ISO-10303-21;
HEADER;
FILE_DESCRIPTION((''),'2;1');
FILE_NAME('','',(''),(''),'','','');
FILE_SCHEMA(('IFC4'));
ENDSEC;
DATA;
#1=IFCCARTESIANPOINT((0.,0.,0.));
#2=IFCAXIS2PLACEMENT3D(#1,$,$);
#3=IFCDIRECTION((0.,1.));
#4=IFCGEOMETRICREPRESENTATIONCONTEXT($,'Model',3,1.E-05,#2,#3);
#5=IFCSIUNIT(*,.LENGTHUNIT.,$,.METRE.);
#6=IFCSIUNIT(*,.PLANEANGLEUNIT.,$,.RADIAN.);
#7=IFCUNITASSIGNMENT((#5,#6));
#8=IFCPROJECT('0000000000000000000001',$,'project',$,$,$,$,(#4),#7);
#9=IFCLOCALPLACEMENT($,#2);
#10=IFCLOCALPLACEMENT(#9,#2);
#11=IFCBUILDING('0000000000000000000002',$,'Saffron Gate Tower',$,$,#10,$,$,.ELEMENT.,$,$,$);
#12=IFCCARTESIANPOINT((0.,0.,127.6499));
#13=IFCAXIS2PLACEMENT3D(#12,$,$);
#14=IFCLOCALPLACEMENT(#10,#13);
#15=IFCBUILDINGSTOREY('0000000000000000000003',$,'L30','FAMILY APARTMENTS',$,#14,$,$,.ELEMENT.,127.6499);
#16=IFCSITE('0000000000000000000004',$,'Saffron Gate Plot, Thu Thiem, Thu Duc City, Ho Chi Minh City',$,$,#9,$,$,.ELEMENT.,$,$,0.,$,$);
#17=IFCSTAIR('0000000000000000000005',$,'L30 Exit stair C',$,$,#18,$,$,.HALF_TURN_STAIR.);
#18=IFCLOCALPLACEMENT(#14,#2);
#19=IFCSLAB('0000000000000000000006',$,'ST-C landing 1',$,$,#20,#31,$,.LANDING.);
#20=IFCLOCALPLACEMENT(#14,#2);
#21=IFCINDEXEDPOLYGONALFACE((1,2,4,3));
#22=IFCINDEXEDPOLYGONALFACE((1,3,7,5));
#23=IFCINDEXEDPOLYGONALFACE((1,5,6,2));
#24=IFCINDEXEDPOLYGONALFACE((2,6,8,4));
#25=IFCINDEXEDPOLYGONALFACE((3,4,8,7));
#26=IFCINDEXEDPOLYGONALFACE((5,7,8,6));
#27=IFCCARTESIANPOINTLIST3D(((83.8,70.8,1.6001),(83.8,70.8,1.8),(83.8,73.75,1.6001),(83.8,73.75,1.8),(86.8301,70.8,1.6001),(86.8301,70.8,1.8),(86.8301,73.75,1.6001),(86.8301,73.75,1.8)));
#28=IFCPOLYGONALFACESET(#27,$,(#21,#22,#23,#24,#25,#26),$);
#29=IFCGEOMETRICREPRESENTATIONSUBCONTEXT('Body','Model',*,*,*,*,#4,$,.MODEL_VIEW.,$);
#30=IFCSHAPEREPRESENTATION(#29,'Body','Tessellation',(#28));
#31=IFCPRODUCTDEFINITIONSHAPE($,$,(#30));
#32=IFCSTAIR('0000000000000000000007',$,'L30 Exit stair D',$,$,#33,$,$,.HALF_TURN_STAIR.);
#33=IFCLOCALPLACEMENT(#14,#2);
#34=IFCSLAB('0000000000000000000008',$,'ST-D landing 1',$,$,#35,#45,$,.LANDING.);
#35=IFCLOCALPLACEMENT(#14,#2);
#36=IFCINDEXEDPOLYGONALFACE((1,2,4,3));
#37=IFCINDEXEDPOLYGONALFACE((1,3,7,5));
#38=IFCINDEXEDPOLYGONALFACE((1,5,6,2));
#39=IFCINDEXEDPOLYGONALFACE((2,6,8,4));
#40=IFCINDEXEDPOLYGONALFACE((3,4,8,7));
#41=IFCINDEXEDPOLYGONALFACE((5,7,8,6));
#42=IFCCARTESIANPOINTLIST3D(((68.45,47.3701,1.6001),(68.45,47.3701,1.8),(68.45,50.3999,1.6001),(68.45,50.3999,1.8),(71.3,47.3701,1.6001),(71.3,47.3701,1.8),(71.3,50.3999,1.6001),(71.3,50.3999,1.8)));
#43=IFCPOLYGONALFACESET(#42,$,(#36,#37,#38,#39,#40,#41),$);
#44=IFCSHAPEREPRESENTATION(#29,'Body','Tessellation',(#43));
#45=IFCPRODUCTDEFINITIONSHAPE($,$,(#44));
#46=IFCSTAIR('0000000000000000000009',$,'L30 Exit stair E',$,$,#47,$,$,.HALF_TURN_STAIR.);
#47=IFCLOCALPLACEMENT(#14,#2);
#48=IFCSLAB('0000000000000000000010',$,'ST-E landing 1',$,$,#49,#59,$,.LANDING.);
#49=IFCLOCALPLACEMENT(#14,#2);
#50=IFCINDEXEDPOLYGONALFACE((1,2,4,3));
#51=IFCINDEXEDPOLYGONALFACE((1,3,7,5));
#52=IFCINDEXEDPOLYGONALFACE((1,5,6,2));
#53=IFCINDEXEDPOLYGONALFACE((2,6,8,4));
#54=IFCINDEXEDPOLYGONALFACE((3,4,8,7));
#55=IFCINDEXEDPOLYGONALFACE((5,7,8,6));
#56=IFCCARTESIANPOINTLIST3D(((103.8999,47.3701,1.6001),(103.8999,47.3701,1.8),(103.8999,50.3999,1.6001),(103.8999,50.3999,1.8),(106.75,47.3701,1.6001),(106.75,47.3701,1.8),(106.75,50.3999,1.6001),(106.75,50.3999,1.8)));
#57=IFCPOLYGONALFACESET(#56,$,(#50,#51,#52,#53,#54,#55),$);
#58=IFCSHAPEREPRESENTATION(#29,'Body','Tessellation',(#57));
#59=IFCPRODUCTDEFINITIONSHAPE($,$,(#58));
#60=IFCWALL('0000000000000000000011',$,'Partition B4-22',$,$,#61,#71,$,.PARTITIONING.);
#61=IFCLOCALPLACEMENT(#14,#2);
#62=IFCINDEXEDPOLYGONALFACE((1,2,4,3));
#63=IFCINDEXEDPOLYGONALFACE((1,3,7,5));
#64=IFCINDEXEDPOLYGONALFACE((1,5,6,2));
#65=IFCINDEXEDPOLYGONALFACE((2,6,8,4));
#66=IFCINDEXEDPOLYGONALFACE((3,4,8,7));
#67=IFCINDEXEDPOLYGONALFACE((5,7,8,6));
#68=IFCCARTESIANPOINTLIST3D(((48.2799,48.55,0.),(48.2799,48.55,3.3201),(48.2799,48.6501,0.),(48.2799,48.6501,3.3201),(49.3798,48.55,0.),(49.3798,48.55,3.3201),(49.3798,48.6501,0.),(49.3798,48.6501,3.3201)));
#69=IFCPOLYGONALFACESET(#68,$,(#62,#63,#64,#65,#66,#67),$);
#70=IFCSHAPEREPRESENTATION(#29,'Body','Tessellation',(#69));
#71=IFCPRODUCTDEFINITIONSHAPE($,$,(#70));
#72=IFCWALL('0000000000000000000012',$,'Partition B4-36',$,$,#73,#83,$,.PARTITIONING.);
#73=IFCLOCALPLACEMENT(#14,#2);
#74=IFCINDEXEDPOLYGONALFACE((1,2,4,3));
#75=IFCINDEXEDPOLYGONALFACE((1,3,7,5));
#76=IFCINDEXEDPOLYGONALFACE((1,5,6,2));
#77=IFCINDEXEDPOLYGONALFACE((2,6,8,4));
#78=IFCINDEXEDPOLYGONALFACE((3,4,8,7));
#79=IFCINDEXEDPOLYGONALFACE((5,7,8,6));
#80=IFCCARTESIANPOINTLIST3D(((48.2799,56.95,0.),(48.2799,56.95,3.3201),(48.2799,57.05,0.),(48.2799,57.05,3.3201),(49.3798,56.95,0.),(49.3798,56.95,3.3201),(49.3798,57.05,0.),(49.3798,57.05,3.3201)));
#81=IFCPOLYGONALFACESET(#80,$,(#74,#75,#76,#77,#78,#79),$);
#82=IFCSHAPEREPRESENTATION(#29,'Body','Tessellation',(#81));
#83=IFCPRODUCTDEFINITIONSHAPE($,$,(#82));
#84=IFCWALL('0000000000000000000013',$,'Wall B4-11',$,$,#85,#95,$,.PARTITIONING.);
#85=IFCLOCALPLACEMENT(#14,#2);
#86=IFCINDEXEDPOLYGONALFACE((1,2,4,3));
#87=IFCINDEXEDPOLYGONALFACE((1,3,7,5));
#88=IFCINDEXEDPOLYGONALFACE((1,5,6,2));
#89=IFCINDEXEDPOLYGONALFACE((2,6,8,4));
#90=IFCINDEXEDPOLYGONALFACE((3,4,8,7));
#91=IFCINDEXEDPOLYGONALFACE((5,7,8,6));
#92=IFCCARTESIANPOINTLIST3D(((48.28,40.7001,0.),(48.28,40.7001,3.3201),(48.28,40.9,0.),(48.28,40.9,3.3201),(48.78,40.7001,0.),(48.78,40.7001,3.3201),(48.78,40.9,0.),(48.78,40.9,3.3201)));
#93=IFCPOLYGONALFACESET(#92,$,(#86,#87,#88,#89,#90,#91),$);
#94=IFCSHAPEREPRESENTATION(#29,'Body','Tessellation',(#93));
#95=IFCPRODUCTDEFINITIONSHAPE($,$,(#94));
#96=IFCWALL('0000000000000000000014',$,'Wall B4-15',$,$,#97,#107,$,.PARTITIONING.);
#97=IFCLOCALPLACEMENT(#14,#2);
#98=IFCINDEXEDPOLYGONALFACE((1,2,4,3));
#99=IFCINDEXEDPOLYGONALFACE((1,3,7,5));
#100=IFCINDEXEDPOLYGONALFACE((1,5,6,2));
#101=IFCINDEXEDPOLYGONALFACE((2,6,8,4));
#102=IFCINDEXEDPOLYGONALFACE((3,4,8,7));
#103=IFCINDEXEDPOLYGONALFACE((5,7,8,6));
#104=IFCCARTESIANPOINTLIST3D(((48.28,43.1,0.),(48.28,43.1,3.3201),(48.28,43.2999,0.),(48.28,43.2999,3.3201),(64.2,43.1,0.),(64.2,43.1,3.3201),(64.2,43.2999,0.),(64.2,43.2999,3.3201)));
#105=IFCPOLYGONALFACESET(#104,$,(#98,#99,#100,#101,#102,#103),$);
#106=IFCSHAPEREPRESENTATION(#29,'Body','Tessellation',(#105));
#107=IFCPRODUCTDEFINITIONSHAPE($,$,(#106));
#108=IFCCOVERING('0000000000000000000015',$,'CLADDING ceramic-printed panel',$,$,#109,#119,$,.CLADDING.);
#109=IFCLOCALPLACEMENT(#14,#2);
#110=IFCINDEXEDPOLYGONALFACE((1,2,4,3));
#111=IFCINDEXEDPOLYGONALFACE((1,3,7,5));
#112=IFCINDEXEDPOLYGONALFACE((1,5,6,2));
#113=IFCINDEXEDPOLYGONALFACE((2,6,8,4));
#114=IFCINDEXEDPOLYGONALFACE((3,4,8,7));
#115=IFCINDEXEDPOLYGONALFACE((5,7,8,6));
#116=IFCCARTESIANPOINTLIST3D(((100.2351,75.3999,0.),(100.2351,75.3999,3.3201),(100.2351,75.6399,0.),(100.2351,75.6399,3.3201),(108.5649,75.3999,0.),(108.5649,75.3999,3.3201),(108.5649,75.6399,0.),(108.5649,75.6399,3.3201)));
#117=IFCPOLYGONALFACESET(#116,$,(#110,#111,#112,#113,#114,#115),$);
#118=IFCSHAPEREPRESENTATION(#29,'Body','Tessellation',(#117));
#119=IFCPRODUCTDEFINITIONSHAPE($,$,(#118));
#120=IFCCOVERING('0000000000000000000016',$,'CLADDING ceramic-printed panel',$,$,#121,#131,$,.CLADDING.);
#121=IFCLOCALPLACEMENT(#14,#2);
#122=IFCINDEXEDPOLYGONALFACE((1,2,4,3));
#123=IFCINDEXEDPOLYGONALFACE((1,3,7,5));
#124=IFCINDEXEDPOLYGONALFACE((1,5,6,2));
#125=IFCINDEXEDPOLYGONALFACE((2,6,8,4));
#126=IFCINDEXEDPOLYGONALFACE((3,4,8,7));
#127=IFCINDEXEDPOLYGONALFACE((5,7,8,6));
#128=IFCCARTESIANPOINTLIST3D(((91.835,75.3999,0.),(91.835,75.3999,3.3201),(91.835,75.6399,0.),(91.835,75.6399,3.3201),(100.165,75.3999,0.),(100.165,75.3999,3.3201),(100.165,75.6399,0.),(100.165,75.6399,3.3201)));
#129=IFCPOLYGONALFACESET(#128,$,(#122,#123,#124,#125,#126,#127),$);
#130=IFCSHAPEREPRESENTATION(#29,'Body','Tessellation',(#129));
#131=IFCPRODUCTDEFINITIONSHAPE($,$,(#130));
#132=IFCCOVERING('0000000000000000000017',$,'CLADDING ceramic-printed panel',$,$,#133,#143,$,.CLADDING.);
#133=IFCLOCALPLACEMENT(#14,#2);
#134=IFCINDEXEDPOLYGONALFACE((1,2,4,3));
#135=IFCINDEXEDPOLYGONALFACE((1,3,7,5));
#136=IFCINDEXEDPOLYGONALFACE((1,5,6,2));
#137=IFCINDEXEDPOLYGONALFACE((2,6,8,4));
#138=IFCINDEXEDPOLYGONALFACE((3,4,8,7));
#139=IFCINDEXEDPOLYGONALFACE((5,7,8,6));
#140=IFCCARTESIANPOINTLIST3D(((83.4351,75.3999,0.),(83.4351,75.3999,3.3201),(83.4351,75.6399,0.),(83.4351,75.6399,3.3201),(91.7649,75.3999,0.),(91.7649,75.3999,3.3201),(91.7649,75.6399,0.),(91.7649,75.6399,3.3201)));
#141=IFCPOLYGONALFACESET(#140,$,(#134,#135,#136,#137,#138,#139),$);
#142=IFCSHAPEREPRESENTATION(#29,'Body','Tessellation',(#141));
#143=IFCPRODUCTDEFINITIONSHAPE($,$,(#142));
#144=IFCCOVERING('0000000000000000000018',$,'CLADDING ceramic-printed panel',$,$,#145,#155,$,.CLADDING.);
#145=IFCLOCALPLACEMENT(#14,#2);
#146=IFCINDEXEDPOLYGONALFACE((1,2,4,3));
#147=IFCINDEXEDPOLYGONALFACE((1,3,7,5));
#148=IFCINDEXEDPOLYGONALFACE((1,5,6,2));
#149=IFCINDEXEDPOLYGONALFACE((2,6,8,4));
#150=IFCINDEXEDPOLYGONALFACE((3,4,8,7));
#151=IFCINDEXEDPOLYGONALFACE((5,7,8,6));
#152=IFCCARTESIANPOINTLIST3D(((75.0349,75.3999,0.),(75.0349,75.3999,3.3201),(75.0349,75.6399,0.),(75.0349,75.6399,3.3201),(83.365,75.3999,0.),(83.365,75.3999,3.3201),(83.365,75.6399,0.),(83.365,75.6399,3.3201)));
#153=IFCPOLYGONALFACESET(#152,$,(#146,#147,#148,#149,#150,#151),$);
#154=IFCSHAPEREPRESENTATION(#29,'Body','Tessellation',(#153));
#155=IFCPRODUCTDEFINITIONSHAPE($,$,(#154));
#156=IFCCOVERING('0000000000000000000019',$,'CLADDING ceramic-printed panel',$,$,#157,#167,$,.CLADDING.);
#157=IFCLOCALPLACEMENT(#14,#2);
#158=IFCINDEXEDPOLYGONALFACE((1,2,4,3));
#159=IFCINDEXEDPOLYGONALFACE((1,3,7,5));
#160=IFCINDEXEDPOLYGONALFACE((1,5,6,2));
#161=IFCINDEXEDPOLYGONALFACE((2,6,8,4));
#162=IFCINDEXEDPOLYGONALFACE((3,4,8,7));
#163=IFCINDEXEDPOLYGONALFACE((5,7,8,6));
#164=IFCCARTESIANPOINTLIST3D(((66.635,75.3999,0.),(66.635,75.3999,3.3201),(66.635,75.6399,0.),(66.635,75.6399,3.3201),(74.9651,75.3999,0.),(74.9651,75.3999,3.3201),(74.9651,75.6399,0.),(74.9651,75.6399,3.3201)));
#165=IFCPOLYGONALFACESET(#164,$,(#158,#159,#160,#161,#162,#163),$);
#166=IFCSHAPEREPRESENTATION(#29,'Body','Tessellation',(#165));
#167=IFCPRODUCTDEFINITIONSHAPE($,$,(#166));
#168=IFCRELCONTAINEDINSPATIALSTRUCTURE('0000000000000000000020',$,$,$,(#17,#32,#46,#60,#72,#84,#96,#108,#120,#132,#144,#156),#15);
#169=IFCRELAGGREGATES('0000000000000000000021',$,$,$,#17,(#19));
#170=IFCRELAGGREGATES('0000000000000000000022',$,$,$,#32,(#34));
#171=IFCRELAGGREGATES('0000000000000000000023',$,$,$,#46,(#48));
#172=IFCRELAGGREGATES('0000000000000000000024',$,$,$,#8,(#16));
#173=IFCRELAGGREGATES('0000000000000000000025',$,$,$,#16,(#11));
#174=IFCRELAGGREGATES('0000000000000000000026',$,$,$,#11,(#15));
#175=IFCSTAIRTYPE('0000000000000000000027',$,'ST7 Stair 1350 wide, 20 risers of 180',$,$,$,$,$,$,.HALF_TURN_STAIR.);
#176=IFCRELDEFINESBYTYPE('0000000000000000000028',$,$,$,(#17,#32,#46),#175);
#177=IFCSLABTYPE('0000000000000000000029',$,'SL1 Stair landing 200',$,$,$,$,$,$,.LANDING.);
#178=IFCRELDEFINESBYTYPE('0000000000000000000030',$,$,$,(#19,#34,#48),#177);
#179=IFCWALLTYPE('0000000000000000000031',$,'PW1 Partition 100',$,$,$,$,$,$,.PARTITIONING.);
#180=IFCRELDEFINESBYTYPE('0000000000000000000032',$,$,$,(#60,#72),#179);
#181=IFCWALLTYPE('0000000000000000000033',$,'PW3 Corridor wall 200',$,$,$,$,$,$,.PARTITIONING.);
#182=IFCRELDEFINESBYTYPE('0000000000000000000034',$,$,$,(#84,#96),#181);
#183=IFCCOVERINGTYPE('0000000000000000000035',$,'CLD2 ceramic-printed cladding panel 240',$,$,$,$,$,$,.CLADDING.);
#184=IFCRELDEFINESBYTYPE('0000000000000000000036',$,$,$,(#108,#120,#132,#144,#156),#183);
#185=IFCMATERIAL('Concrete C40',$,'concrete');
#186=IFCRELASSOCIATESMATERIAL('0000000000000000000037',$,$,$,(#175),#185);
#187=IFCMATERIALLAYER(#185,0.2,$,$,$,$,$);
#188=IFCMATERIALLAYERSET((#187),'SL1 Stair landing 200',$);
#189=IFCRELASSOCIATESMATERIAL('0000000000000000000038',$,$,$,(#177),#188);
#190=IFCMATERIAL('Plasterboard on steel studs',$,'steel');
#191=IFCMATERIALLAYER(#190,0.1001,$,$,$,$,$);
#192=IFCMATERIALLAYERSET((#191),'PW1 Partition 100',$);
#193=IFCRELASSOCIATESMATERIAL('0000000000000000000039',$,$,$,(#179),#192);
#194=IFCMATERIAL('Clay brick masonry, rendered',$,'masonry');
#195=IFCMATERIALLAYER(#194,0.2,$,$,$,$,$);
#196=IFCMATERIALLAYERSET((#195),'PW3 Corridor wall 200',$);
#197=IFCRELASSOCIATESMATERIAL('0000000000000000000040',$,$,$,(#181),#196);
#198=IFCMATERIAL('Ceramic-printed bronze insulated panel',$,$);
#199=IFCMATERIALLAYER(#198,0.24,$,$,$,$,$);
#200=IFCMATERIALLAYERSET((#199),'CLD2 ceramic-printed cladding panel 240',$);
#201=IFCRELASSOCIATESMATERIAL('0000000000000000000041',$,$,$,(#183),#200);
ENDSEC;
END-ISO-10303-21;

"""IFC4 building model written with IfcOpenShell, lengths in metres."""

from ifc_helpers import new_model, si_unit, direction, frame, frame_2d, origin, place, context, subcontext, project, spatial, polyline, rectangle, outline, extrude, material, layer, layer_set, type_object, element, aggregate, save


model = new_model("IFC4")

# Units and contexts
model_context = context("Model", 3, precision=1e-05, world=origin(), true_north=direction((0.0, 1.0)))
body_context = subcontext(model_context, "Body", "Model", "MODEL_VIEW")
ifc_project = project(units=[si_unit("LENGTHUNIT", "METRE"), si_unit("PLANEANGLEUNIT", "RADIAN")], contexts=[model_context])

# Site, building, storey
site_placement = place(None, origin())
site = spatial("IfcSite", under=ifc_project, at=site_placement, Name="Saffron Gate Plot, Thu Thiem, Thu Duc City, Ho Chi Minh City", CompositionType="ELEMENT", RefElevation=0.0)
building_placement = place(site_placement, origin())
building = spatial("IfcBuilding", under=site, at=building_placement, Name="Saffron Gate Tower", CompositionType="ELEMENT")
storey_placement = place(building_placement, frame((0.0, 0.0, 127.6499)))
storey = spatial("IfcBuildingStorey", under=building, at=storey_placement, Name="L30", Description="FAMILY APARTMENTS", CompositionType="ELEMENT", Elevation=127.6499)

# Shared definitions
ifc_material_1 = material(Name="Concrete C40", Category="concrete")

# Stairs, slabs
stair_type = type_object("IfcStairType", Name="ST7 Stair 1350 wide, 20 risers of 180", PredefinedType="HALF_TURN_STAIR", material=ifc_material_1)
ifc_layer_1 = layer(ifc_material_1, 0.2)
ifc_layer_set_1 = layer_set([ifc_layer_1], Name="SL1 Stair landing 200")
slab_type_1 = type_object("IfcSlabType", Name="SL1 Stair landing 200", PredefinedType="LANDING", material=ifc_layer_set_1)
stair_1_placement = place(storey_placement, origin())
stair_1 = element("IfcStair", 1, at=stair_1_placement, inside=storey, type_object=stair_type, Name="L30 Exit stair C", PredefinedType="HALF_TURN_STAIR")
slab_1_placement = place(storey_placement, frame((0.0, 0.0, 1.6001)))
slab_1 = element("IfcSlab", 2, at=slab_1_placement, type_object=slab_type_1, Name="ST-C landing 1", PredefinedType="LANDING", context=body_context, shape_type="SweptSolid", body=[
    extrude(outline(polyline([(86.8301, 73.75), (83.8, 73.75), (83.8, 70.8), (86.8301, 70.8), (86.8301, 73.75)])), origin(), (0.0, 0.0, 1.0), 0.2),
])
aggregate(stair_1, [slab_1])
stair_2_placement = place(storey_placement, origin())
stair_2 = element("IfcStair", 3, at=stair_2_placement, inside=storey, type_object=stair_type, Name="L30 Exit stair D", PredefinedType="HALF_TURN_STAIR")
slab_2_placement = place(storey_placement, frame((0.0, 0.0, 1.6001)))
slab_2 = element("IfcSlab", 4, at=slab_2_placement, type_object=slab_type_1, Name="ST-D landing 1", PredefinedType="LANDING", context=body_context, shape_type="SweptSolid", body=[
    extrude(outline(polyline([(71.3, 47.3701), (71.3, 50.3999), (68.45, 50.3999), (68.45, 47.3701), (71.3, 47.3701)])), origin(), (0.0, 0.0, 1.0), 0.2),
])
aggregate(stair_2, [slab_2])
stair_3_placement = place(storey_placement, origin())
stair_3 = element("IfcStair", 5, at=stair_3_placement, inside=storey, type_object=stair_type, Name="L30 Exit stair E", PredefinedType="HALF_TURN_STAIR")
slab_3_placement = place(storey_placement, frame((0.0, 0.0, 1.6001)))
slab_3 = element("IfcSlab", 6, at=slab_3_placement, type_object=slab_type_1, Name="ST-E landing 1", PredefinedType="LANDING", context=body_context, shape_type="SweptSolid", body=[
    extrude(outline(polyline([(106.75, 47.3701), (106.75, 50.3999), (103.8999, 50.3999), (103.8999, 47.3701), (106.75, 47.3701)])), origin(), (0.0, 0.0, 1.0), 0.2),
])
aggregate(stair_3, [slab_3])

# Walls
ifc_material_2 = material(Name="Plasterboard on steel studs", Category="steel")
ifc_layer_2 = layer(ifc_material_2, 0.1001)
ifc_layer_set_2 = layer_set([ifc_layer_2], Name="PW1 Partition 100")
wall_type_1 = type_object("IfcWallType", Name="PW1 Partition 100", PredefinedType="PARTITIONING", material=ifc_layer_set_2)
for number, where, z_axis, x_axis, name in (
    (7, (48.28, 48.6001, 0.0), (0.0, 0.0, 1.0), (1.0, 0.0, 0.0), "Partition B4-22"),
    (8, (48.28, 57.0, 0.0), (0.0, 0.0, 1.0), (1.0, 0.0, 0.0), "Partition B4-36"),
):
    element("IfcWall", number, at=place(storey_placement, frame(where, z_axis=z_axis, x_axis=x_axis)), inside=storey, type_object=wall_type_1, Name=name, PredefinedType="PARTITIONING", context=body_context, shape_type="SweptSolid", body=[
        extrude(rectangle(XDim=1.0999, YDim=0.1001, at=frame_2d((0.5498, 0.0))), origin(), (0.0, 0.0, 1.0), 3.3201),
    ])
ifc_material_3 = material(Name="Clay brick masonry, rendered", Category="masonry")
ifc_layer_3 = layer(ifc_material_3, 0.2)
ifc_layer_set_3 = layer_set([ifc_layer_3], Name="PW3 Corridor wall 200")
wall_type_2 = type_object("IfcWallType", Name="PW3 Corridor wall 200", PredefinedType="PARTITIONING", material=ifc_layer_set_3)
wall_1_placement = place(storey_placement, frame((48.28, 40.8, 0.0), z_axis=(0.0, 0.0, 1.0), x_axis=(1.0, 0.0, 0.0)))
element("IfcWall", 9, at=wall_1_placement, inside=storey, type_object=wall_type_2, Name="Wall B4-11", PredefinedType="PARTITIONING", context=body_context, shape_type="SweptSolid", body=[
    extrude(rectangle(XDim=0.5, YDim=0.2, at=frame_2d((0.25, 0.0))), origin(), (0.0, 0.0, 1.0), 3.3201),
])
wall_2_placement = place(storey_placement, frame((48.28, 43.2, 0.0), z_axis=(0.0, 0.0, 1.0), x_axis=(1.0, 0.0, 0.0)))
element("IfcWall", 10, at=wall_2_placement, inside=storey, type_object=wall_type_2, Name="Wall B4-15", PredefinedType="PARTITIONING", context=body_context, shape_type="SweptSolid", body=[
    extrude(rectangle(XDim=15.9199, YDim=0.2, at=frame_2d((7.96, 0.0))), origin(), (0.0, 0.0, 1.0), 3.3201),
])

# Coverings
ifc_material_4 = material(Name="Ceramic-printed bronze insulated panel")
ifc_layer_4 = layer(ifc_material_4, 0.24)
ifc_layer_set_4 = layer_set([ifc_layer_4], Name="CLD2 ceramic-printed cladding panel 240")
covering_type = type_object("IfcCoveringType", Name="CLD2 ceramic-printed cladding panel 240", PredefinedType="CLADDING", material=ifc_layer_set_4)
covering_1_placement = place(storey_placement, origin())
element("IfcCovering", 11, at=covering_1_placement, inside=storey, type_object=covering_type, Name="CLADDING ceramic-printed panel", PredefinedType="CLADDING", context=body_context, shape_type="SweptSolid", body=[
    extrude(outline(polyline([(108.5649, 75.6399), (100.2351, 75.6399), (100.2351, 75.3999), (108.5649, 75.3999), (108.5649, 75.6399)])), origin(), (0.0, 0.0, 1.0), 3.3201),
])
covering_2_placement = place(storey_placement, origin())
element("IfcCovering", 12, at=covering_2_placement, inside=storey, type_object=covering_type, Name="CLADDING ceramic-printed panel", PredefinedType="CLADDING", context=body_context, shape_type="SweptSolid", body=[
    extrude(outline(polyline([(100.165, 75.6399), (91.835, 75.6399), (91.835, 75.3999), (100.165, 75.3999), (100.165, 75.6399)])), origin(), (0.0, 0.0, 1.0), 3.3201),
])
covering_3_placement = place(storey_placement, origin())
element("IfcCovering", 13, at=covering_3_placement, inside=storey, type_object=covering_type, Name="CLADDING ceramic-printed panel", PredefinedType="CLADDING", context=body_context, shape_type="SweptSolid", body=[
    extrude(outline(polyline([(91.7649, 75.6399), (83.4351, 75.6399), (83.4351, 75.3999), (91.7649, 75.3999), (91.7649, 75.6399)])), origin(), (0.0, 0.0, 1.0), 3.3201),
])
covering_4_placement = place(storey_placement, origin())
element("IfcCovering", 14, at=covering_4_placement, inside=storey, type_object=covering_type, Name="CLADDING ceramic-printed panel", PredefinedType="CLADDING", context=body_context, shape_type="SweptSolid", body=[
    extrude(outline(polyline([(83.365, 75.6399), (75.0349, 75.6399), (75.0349, 75.3999), (83.365, 75.3999), (83.365, 75.6399)])), origin(), (0.0, 0.0, 1.0), 3.3201),
])
covering_5_placement = place(storey_placement, origin())
element("IfcCovering", 15, at=covering_5_placement, inside=storey, type_object=covering_type, Name="CLADDING ceramic-printed panel", PredefinedType="CLADDING", context=body_context, shape_type="SweptSolid", body=[
    extrude(outline(polyline([(74.9651, 75.6399), (66.635, 75.6399), (66.635, 75.3999), (74.9651, 75.3999), (74.9651, 75.6399)])), origin(), (0.0, 0.0, 1.0), 3.3201),
])

save(model, "model.ifc")
